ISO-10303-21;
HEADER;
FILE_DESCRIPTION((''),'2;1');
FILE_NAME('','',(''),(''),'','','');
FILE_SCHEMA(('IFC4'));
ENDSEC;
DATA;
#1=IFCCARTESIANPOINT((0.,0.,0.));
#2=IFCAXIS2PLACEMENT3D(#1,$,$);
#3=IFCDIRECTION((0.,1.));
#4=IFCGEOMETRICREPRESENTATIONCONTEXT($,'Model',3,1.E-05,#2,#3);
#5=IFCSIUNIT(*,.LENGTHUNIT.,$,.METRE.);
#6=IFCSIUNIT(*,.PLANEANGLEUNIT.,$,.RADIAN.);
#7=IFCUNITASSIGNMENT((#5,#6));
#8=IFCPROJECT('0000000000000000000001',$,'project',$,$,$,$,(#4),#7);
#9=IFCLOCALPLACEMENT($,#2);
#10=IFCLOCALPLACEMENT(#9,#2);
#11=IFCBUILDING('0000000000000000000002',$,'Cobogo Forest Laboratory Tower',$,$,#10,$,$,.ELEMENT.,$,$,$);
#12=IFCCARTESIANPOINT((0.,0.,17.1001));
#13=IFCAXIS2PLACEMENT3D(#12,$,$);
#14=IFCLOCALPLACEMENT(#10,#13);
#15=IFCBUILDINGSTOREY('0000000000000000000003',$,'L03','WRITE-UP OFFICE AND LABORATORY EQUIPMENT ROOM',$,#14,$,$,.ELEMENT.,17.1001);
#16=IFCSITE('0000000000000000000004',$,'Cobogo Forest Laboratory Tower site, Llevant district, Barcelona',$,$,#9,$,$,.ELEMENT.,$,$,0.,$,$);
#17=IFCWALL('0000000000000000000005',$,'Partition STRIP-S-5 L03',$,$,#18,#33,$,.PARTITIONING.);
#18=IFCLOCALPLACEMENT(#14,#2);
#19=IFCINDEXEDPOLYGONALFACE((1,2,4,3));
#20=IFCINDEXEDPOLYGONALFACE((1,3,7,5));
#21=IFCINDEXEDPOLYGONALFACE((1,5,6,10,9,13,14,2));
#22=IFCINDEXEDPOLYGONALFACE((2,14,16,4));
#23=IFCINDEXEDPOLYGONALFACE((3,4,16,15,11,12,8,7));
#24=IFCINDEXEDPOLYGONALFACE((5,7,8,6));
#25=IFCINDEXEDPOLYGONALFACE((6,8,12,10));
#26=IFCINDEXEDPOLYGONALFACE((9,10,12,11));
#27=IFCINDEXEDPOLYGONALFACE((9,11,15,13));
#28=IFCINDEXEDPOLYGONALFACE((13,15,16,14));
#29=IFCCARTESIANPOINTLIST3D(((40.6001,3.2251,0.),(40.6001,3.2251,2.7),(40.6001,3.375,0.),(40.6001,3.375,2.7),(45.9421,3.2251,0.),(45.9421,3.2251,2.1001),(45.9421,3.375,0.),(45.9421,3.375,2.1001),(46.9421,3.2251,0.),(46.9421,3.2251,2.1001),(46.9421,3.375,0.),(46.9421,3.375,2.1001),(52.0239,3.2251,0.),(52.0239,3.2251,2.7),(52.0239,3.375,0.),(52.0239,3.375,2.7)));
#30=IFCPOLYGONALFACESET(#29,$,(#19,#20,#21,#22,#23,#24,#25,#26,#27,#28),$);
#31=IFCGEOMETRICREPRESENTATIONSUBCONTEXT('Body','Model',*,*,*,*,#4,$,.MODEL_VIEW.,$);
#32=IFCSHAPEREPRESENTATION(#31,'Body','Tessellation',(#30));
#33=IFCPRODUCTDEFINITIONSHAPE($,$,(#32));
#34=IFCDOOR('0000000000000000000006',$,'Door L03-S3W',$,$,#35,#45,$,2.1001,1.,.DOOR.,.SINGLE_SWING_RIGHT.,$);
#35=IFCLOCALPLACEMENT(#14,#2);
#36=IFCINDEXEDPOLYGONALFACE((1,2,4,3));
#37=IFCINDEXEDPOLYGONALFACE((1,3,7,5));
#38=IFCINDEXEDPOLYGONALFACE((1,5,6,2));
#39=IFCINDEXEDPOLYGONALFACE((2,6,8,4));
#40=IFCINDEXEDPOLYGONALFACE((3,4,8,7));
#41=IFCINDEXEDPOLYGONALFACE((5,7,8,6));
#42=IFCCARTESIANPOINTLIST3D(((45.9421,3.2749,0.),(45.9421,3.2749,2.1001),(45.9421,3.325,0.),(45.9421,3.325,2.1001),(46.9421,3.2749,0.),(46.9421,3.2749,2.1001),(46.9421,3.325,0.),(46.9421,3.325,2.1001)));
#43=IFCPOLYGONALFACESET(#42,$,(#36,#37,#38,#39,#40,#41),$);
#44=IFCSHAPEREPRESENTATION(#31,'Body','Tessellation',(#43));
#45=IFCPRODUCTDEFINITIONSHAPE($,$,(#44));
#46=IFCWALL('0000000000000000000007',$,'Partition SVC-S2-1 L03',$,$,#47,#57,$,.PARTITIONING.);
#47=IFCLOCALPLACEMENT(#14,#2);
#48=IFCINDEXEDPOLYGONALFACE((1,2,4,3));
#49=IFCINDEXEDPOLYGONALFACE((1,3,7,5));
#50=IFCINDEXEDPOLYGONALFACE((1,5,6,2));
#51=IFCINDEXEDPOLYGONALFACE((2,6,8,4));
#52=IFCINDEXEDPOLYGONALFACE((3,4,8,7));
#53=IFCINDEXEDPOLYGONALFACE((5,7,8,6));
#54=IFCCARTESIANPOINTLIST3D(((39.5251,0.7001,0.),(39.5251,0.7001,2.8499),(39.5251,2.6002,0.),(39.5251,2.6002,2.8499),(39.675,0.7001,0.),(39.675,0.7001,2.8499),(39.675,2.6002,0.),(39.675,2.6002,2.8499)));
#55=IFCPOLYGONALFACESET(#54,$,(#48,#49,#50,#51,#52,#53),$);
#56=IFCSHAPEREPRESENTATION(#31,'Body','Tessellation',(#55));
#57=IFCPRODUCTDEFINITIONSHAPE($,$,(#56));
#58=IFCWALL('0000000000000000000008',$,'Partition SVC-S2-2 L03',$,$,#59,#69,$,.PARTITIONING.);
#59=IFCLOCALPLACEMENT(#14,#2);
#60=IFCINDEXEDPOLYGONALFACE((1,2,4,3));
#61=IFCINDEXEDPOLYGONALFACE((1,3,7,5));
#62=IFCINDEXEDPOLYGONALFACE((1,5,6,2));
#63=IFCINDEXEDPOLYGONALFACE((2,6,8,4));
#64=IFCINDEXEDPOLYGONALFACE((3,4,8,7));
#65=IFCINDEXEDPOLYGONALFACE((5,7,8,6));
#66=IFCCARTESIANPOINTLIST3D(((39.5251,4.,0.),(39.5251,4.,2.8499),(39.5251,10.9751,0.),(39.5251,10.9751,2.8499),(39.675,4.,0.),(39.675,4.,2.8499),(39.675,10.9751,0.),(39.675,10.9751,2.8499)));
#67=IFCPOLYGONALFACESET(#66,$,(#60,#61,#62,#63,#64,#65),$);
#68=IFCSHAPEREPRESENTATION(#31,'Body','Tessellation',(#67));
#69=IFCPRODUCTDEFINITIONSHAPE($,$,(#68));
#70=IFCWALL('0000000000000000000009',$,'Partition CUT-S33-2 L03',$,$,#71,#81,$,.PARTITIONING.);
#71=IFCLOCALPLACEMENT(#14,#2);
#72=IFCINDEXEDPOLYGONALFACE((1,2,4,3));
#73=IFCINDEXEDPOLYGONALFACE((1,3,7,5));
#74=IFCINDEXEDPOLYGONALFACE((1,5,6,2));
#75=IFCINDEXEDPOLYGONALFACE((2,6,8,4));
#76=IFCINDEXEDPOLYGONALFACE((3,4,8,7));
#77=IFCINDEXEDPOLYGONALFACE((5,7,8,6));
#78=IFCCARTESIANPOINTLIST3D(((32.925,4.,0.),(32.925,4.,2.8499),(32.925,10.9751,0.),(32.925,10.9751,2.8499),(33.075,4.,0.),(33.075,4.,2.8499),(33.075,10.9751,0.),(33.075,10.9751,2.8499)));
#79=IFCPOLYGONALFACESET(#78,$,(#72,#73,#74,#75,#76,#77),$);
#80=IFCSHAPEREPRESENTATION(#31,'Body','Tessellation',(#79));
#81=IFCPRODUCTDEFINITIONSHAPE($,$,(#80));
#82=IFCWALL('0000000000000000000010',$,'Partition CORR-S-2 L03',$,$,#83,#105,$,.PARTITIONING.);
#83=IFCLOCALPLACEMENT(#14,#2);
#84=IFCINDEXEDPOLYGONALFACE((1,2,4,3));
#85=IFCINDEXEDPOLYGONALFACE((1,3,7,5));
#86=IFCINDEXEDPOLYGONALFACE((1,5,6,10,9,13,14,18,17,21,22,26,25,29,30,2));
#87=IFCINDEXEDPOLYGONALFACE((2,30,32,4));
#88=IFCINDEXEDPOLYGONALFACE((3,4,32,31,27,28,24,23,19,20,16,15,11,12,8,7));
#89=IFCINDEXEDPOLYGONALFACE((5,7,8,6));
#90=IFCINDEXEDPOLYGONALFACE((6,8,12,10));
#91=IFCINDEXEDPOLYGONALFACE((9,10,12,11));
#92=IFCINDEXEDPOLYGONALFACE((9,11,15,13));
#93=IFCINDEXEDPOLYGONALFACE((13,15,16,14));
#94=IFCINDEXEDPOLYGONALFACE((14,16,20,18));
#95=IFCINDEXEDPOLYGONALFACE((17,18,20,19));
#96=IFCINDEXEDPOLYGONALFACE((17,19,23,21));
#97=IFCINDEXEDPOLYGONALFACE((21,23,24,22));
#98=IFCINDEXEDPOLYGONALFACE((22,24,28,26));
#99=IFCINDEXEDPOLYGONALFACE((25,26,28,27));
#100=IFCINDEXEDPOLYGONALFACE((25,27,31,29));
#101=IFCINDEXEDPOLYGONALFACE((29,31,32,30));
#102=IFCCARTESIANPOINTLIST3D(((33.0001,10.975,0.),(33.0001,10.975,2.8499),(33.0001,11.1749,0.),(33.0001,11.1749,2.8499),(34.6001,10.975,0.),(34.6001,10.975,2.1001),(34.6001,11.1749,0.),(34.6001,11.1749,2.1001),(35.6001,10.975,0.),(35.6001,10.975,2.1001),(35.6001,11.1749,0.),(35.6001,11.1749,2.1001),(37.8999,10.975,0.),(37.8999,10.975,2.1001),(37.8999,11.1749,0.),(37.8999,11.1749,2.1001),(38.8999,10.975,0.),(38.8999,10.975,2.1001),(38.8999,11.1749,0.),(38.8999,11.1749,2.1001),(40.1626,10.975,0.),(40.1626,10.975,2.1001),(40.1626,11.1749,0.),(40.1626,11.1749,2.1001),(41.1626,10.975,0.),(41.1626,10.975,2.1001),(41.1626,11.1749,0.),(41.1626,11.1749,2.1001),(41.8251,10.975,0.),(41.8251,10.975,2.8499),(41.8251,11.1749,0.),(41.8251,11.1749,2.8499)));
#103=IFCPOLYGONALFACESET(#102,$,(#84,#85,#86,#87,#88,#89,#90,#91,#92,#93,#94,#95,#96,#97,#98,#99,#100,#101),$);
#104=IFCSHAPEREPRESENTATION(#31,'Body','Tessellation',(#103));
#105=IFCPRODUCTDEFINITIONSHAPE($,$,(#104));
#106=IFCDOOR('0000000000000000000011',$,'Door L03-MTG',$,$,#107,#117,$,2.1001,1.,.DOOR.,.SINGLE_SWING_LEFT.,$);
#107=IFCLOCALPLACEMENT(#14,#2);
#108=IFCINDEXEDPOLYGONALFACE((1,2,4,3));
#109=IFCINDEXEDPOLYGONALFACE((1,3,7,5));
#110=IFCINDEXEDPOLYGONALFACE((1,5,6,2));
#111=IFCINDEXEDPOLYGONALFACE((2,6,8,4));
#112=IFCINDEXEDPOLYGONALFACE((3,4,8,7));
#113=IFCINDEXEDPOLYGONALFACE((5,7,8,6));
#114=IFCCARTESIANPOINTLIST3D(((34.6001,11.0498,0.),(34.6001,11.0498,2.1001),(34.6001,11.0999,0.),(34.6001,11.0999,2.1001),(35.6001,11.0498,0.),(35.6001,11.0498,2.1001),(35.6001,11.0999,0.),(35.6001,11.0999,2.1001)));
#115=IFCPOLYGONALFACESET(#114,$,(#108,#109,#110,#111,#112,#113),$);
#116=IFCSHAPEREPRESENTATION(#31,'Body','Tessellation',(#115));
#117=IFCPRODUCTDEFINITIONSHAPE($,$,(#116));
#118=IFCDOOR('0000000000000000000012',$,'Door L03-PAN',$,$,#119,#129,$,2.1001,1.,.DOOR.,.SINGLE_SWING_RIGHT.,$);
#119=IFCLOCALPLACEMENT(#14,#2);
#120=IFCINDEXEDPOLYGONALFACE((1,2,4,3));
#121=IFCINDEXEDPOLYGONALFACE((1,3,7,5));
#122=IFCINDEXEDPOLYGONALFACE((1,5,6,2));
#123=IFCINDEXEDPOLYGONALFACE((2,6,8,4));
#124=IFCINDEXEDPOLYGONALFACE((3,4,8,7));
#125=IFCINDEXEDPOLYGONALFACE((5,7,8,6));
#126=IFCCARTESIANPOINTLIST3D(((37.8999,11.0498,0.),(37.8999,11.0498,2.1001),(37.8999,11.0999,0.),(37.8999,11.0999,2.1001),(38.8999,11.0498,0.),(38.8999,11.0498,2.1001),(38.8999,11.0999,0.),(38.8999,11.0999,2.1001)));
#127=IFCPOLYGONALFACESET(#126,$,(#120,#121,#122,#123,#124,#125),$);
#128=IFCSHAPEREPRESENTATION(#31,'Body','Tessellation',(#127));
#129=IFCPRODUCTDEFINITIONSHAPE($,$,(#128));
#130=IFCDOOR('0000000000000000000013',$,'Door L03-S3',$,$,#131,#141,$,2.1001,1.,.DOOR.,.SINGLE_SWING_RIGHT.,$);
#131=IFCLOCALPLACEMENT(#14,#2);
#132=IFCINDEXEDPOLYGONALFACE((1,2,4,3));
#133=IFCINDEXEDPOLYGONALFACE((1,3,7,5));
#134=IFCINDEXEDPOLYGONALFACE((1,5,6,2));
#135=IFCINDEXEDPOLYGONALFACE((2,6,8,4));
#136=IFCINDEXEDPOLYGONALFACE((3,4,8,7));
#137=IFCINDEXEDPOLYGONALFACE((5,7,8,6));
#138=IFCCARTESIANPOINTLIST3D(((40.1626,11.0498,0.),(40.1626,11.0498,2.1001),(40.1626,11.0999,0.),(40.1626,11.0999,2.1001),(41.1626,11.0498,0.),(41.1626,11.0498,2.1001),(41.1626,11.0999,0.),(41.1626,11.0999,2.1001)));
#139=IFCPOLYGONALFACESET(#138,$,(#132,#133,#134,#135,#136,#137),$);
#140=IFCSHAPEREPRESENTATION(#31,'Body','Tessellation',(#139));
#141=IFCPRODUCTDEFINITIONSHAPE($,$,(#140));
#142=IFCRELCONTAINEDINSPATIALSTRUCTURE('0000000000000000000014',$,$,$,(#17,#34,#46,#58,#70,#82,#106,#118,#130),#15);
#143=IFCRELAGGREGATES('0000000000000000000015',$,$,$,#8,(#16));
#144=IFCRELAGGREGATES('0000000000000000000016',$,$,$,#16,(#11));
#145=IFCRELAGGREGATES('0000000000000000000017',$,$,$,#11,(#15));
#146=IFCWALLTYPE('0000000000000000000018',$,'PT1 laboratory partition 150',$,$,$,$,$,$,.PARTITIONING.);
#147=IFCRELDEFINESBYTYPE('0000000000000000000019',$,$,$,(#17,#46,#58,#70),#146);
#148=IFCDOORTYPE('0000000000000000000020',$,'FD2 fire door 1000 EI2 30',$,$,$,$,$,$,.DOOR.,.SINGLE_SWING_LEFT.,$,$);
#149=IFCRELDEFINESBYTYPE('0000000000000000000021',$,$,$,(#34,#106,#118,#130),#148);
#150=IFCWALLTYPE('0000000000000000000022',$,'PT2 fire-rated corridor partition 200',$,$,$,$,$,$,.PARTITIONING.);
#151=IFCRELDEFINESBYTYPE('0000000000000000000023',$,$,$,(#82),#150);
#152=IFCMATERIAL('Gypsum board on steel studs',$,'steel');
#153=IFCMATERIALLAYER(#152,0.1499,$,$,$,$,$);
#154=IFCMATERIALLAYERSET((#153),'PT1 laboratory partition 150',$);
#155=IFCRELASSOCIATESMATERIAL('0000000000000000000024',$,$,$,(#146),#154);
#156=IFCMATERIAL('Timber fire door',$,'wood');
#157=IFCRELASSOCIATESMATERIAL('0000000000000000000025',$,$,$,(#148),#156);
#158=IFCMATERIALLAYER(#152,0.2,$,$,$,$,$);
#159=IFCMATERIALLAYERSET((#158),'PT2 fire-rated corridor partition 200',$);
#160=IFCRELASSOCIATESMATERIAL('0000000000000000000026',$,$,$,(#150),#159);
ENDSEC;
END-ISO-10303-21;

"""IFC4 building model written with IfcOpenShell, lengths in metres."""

from ifc_helpers import new_model, si_unit, direction, frame, frame_2d, origin, place, context, subcontext, project, spatial, rectangle, extrude, material, layer, layer_set, type_object, element, fill, save


model = new_model("IFC4")

# Units and contexts
model_context = context("Model", 3, precision=1e-05, world=origin(), true_north=direction((0.0, 1.0)))
body_context = subcontext(model_context, "Body", "Model", "MODEL_VIEW")
ifc_project = project(units=[si_unit("LENGTHUNIT", "METRE"), si_unit("PLANEANGLEUNIT", "RADIAN")], contexts=[model_context])

# Site, building, storey
site_placement = place(None, origin())
site = spatial("IfcSite", under=ifc_project, at=site_placement, Name="Cobogo Forest Laboratory Tower site, Llevant district, Barcelona", CompositionType="ELEMENT", RefElevation=0.0)
building_placement = place(site_placement, origin())
building = spatial("IfcBuilding", under=site, at=building_placement, Name="Cobogo Forest Laboratory Tower", CompositionType="ELEMENT")
storey_placement = place(building_placement, frame((0.0, 0.0, 17.1001)))
storey = spatial("IfcBuildingStorey", under=building, at=storey_placement, Name="L03", Description="WRITE-UP OFFICE AND LABORATORY EQUIPMENT ROOM", CompositionType="ELEMENT", Elevation=17.1001)

# Wall, opening, door
ifc_material_1 = material(Name="Gypsum board on steel studs", Category="steel")
ifc_layer_1 = layer(ifc_material_1, 0.1499)
ifc_layer_set_1 = layer_set([ifc_layer_1], Name="PT1 laboratory partition 150")
wall_type_1 = type_object("IfcWallType", Name="PT1 laboratory partition 150", PredefinedType="PARTITIONING", material=ifc_layer_set_1)
wall_1_placement = place(storey_placement, frame((40.6001, 3.3, 0.0), z_axis=(0.0, 0.0, 1.0), x_axis=(1.0, 0.0, 0.0)))
wall_1 = element("IfcWall", 1, at=wall_1_placement, inside=storey, type_object=wall_type_1, Name="Partition STRIP-S-5 L03", PredefinedType="PARTITIONING", context=body_context, shape_type="SweptSolid", body=[
    extrude(rectangle(XDim=11.4238, YDim=0.1499, at=frame_2d((5.7119, 0.0))), origin(), (0.0, 0.0, 1.0), 2.7),
])
opening_1_placement = place(wall_1_placement, frame((5.342, 0.0, 0.0)))
opening_1 = element("IfcOpeningElement", 2, at=opening_1_placement, cuts=wall_1, PredefinedType="OPENING", context=body_context, shape_type="SweptSolid", body=[
    extrude(rectangle(XDim=1.0, YDim=2.1001, at=frame_2d((0.5, 1.05))), frame((0.0, 0.085, 0.0), z_axis=(0.0, -1.0, 0.0), x_axis=(1.0, 0.0, 0.0)), (0.0, 0.0, 1.0), 0.1699),
])
ifc_material_2 = material(Name="Timber fire door", Category="wood")
door_type_1 = type_object("IfcDoorType", Name="FD2 fire door 1000 EI2 30", OperationType="SINGLE_SWING_LEFT", PredefinedType="DOOR", material=ifc_material_2)
door_1_placement = place(opening_1_placement, origin())
door_1 = element("IfcDoor", 3, at=door_1_placement, inside=storey, type_object=door_type_1, Name="Door L03-S3W", OperationType="SINGLE_SWING_RIGHT", OverallHeight=2.1001, OverallWidth=1.0, PredefinedType="DOOR", context=body_context, shape_type="SweptSolid", body=[
    extrude(rectangle(XDim=1.0, YDim=2.1001, at=frame_2d((0.5, 1.05))), frame((0.0, 0.0249, 0.0), z_axis=(0.0, -1.0, 0.0), x_axis=(1.0, 0.0, 0.0)), (0.0, 0.0, 1.0), 0.05),
])
fill(opening_1, door_1)

# Walls
wall_2_placement = place(storey_placement, frame((39.6001, 0.7, 0.0), z_axis=(0.0, 0.0, 1.0), x_axis=(0.0, 1.0, 0.0)))
element("IfcWall", 4, at=wall_2_placement, inside=storey, type_object=wall_type_1, Name="Partition SVC-S2-1 L03", PredefinedType="PARTITIONING", context=body_context, shape_type="SweptSolid", body=[
    extrude(rectangle(XDim=1.9001, YDim=0.1499, at=frame_2d((0.9502, 0.0))), origin(), (0.0, 0.0, 1.0), 2.8499),
])
for number, where, z_axis, x_axis, name in (
    (5, (39.6001, 4.0, 0.0), (0.0, 0.0, 1.0), (0.0, 1.0, 0.0), "Partition SVC-S2-2 L03"),
    (6, (33.0, 4.0, 0.0), (0.0, 0.0, 1.0), (0.0, 1.0, 0.0), "Partition CUT-S33-2 L03"),
):
    element("IfcWall", number, at=place(storey_placement, frame(where, z_axis=z_axis, x_axis=x_axis)), inside=storey, type_object=wall_type_1, Name=name, PredefinedType="PARTITIONING", context=body_context, shape_type="SweptSolid", body=[
        extrude(rectangle(XDim=6.9751, YDim=0.1499, at=frame_2d((3.4875, 0.0))), origin(), (0.0, 0.0, 1.0), 2.8499),
    ])

# Wall, openings, doors
ifc_layer_2 = layer(ifc_material_1, 0.2)
ifc_layer_set_2 = layer_set([ifc_layer_2], Name="PT2 fire-rated corridor partition 200")
wall_type_2 = type_object("IfcWallType", Name="PT2 fire-rated corridor partition 200", PredefinedType="PARTITIONING", material=ifc_layer_set_2)
wall_3_placement = place(storey_placement, frame((33.0, 11.075, 0.0), z_axis=(0.0, 0.0, 1.0), x_axis=(1.0, 0.0, 0.0)))
wall_3 = element("IfcWall", 7, at=wall_3_placement, inside=storey, type_object=wall_type_2, Name="Partition CORR-S-2 L03", PredefinedType="PARTITIONING", context=body_context, shape_type="SweptSolid", body=[
    extrude(rectangle(XDim=8.825, YDim=0.2, at=frame_2d((4.4126, 0.0))), origin(), (0.0, 0.0, 1.0), 2.8499),
])
opening_2_placement = place(wall_3_placement, frame((1.6001, 0.0, 0.0)))
opening_2 = element("IfcOpeningElement", 8, at=opening_2_placement, cuts=wall_3, PredefinedType="OPENING", context=body_context, shape_type="SweptSolid", body=[
    extrude(rectangle(XDim=1.0, YDim=2.1001, at=frame_2d((0.5, 1.05))), frame((0.0, 0.1099, 0.0), z_axis=(0.0, -1.0, 0.0), x_axis=(1.0, 0.0, 0.0)), (0.0, 0.0, 1.0), 0.22),
])
opening_3_placement = place(wall_3_placement, frame((4.8999, 0.0, 0.0)))
opening_3 = element("IfcOpeningElement", 9, at=opening_3_placement, cuts=wall_3, PredefinedType="OPENING", context=body_context, shape_type="SweptSolid", body=[
    extrude(rectangle(XDim=1.0, YDim=2.1001, at=frame_2d((0.5, 1.05))), frame((0.0, 0.1099, 0.0), z_axis=(0.0, -1.0, 0.0), x_axis=(1.0, 0.0, 0.0)), (0.0, 0.0, 1.0), 0.22),
])
opening_4_placement = place(wall_3_placement, frame((7.1626, 0.0, 0.0)))
opening_4 = element("IfcOpeningElement", 10, at=opening_4_placement, cuts=wall_3, PredefinedType="OPENING", context=body_context, shape_type="SweptSolid", body=[
    extrude(rectangle(XDim=1.0, YDim=2.1001, at=frame_2d((0.5, 1.05))), frame((0.0, 0.1099, 0.0), z_axis=(0.0, -1.0, 0.0), x_axis=(1.0, 0.0, 0.0)), (0.0, 0.0, 1.0), 0.22),
])
door_2_placement = place(opening_2_placement, origin())
door_2 = element("IfcDoor", 11, at=door_2_placement, inside=storey, type_object=door_type_1, Name="Door L03-MTG", OperationType="SINGLE_SWING_LEFT", OverallHeight=2.1001, OverallWidth=1.0, PredefinedType="DOOR", context=body_context, shape_type="SweptSolid", body=[
    extrude(rectangle(XDim=1.0, YDim=2.1001, at=frame_2d((0.5, 1.05))), frame((0.0, 0.0249, 0.0), z_axis=(0.0, -1.0, 0.0), x_axis=(1.0, 0.0, 0.0)), (0.0, 0.0, 1.0), 0.05),
])
fill(opening_2, door_2)
door_3_placement = place(opening_3_placement, origin())
door_3 = element("IfcDoor", 12, at=door_3_placement, inside=storey, type_object=door_type_1, Name="Door L03-PAN", OperationType="SINGLE_SWING_RIGHT", OverallHeight=2.1001, OverallWidth=1.0, PredefinedType="DOOR", context=body_context, shape_type="SweptSolid", body=[
    extrude(rectangle(XDim=1.0, YDim=2.1001, at=frame_2d((0.5, 1.05))), frame((0.0, 0.0249, 0.0), z_axis=(0.0, -1.0, 0.0), x_axis=(1.0, 0.0, 0.0)), (0.0, 0.0, 1.0), 0.05),
])
fill(opening_3, door_3)
door_4_placement = place(opening_4_placement, origin())
door_4 = element("IfcDoor", 13, at=door_4_placement, inside=storey, type_object=door_type_1, Name="Door L03-S3", OperationType="SINGLE_SWING_RIGHT", OverallHeight=2.1001, OverallWidth=1.0, PredefinedType="DOOR", context=body_context, shape_type="SweptSolid", body=[
    extrude(rectangle(XDim=1.0, YDim=2.1001, at=frame_2d((0.5, 1.05))), frame((0.0, 0.0249, 0.0), z_axis=(0.0, -1.0, 0.0), x_axis=(1.0, 0.0, 0.0)), (0.0, 0.0, 1.0), 0.05),
])
fill(opening_4, door_4)

save(model, "model.ifc")
